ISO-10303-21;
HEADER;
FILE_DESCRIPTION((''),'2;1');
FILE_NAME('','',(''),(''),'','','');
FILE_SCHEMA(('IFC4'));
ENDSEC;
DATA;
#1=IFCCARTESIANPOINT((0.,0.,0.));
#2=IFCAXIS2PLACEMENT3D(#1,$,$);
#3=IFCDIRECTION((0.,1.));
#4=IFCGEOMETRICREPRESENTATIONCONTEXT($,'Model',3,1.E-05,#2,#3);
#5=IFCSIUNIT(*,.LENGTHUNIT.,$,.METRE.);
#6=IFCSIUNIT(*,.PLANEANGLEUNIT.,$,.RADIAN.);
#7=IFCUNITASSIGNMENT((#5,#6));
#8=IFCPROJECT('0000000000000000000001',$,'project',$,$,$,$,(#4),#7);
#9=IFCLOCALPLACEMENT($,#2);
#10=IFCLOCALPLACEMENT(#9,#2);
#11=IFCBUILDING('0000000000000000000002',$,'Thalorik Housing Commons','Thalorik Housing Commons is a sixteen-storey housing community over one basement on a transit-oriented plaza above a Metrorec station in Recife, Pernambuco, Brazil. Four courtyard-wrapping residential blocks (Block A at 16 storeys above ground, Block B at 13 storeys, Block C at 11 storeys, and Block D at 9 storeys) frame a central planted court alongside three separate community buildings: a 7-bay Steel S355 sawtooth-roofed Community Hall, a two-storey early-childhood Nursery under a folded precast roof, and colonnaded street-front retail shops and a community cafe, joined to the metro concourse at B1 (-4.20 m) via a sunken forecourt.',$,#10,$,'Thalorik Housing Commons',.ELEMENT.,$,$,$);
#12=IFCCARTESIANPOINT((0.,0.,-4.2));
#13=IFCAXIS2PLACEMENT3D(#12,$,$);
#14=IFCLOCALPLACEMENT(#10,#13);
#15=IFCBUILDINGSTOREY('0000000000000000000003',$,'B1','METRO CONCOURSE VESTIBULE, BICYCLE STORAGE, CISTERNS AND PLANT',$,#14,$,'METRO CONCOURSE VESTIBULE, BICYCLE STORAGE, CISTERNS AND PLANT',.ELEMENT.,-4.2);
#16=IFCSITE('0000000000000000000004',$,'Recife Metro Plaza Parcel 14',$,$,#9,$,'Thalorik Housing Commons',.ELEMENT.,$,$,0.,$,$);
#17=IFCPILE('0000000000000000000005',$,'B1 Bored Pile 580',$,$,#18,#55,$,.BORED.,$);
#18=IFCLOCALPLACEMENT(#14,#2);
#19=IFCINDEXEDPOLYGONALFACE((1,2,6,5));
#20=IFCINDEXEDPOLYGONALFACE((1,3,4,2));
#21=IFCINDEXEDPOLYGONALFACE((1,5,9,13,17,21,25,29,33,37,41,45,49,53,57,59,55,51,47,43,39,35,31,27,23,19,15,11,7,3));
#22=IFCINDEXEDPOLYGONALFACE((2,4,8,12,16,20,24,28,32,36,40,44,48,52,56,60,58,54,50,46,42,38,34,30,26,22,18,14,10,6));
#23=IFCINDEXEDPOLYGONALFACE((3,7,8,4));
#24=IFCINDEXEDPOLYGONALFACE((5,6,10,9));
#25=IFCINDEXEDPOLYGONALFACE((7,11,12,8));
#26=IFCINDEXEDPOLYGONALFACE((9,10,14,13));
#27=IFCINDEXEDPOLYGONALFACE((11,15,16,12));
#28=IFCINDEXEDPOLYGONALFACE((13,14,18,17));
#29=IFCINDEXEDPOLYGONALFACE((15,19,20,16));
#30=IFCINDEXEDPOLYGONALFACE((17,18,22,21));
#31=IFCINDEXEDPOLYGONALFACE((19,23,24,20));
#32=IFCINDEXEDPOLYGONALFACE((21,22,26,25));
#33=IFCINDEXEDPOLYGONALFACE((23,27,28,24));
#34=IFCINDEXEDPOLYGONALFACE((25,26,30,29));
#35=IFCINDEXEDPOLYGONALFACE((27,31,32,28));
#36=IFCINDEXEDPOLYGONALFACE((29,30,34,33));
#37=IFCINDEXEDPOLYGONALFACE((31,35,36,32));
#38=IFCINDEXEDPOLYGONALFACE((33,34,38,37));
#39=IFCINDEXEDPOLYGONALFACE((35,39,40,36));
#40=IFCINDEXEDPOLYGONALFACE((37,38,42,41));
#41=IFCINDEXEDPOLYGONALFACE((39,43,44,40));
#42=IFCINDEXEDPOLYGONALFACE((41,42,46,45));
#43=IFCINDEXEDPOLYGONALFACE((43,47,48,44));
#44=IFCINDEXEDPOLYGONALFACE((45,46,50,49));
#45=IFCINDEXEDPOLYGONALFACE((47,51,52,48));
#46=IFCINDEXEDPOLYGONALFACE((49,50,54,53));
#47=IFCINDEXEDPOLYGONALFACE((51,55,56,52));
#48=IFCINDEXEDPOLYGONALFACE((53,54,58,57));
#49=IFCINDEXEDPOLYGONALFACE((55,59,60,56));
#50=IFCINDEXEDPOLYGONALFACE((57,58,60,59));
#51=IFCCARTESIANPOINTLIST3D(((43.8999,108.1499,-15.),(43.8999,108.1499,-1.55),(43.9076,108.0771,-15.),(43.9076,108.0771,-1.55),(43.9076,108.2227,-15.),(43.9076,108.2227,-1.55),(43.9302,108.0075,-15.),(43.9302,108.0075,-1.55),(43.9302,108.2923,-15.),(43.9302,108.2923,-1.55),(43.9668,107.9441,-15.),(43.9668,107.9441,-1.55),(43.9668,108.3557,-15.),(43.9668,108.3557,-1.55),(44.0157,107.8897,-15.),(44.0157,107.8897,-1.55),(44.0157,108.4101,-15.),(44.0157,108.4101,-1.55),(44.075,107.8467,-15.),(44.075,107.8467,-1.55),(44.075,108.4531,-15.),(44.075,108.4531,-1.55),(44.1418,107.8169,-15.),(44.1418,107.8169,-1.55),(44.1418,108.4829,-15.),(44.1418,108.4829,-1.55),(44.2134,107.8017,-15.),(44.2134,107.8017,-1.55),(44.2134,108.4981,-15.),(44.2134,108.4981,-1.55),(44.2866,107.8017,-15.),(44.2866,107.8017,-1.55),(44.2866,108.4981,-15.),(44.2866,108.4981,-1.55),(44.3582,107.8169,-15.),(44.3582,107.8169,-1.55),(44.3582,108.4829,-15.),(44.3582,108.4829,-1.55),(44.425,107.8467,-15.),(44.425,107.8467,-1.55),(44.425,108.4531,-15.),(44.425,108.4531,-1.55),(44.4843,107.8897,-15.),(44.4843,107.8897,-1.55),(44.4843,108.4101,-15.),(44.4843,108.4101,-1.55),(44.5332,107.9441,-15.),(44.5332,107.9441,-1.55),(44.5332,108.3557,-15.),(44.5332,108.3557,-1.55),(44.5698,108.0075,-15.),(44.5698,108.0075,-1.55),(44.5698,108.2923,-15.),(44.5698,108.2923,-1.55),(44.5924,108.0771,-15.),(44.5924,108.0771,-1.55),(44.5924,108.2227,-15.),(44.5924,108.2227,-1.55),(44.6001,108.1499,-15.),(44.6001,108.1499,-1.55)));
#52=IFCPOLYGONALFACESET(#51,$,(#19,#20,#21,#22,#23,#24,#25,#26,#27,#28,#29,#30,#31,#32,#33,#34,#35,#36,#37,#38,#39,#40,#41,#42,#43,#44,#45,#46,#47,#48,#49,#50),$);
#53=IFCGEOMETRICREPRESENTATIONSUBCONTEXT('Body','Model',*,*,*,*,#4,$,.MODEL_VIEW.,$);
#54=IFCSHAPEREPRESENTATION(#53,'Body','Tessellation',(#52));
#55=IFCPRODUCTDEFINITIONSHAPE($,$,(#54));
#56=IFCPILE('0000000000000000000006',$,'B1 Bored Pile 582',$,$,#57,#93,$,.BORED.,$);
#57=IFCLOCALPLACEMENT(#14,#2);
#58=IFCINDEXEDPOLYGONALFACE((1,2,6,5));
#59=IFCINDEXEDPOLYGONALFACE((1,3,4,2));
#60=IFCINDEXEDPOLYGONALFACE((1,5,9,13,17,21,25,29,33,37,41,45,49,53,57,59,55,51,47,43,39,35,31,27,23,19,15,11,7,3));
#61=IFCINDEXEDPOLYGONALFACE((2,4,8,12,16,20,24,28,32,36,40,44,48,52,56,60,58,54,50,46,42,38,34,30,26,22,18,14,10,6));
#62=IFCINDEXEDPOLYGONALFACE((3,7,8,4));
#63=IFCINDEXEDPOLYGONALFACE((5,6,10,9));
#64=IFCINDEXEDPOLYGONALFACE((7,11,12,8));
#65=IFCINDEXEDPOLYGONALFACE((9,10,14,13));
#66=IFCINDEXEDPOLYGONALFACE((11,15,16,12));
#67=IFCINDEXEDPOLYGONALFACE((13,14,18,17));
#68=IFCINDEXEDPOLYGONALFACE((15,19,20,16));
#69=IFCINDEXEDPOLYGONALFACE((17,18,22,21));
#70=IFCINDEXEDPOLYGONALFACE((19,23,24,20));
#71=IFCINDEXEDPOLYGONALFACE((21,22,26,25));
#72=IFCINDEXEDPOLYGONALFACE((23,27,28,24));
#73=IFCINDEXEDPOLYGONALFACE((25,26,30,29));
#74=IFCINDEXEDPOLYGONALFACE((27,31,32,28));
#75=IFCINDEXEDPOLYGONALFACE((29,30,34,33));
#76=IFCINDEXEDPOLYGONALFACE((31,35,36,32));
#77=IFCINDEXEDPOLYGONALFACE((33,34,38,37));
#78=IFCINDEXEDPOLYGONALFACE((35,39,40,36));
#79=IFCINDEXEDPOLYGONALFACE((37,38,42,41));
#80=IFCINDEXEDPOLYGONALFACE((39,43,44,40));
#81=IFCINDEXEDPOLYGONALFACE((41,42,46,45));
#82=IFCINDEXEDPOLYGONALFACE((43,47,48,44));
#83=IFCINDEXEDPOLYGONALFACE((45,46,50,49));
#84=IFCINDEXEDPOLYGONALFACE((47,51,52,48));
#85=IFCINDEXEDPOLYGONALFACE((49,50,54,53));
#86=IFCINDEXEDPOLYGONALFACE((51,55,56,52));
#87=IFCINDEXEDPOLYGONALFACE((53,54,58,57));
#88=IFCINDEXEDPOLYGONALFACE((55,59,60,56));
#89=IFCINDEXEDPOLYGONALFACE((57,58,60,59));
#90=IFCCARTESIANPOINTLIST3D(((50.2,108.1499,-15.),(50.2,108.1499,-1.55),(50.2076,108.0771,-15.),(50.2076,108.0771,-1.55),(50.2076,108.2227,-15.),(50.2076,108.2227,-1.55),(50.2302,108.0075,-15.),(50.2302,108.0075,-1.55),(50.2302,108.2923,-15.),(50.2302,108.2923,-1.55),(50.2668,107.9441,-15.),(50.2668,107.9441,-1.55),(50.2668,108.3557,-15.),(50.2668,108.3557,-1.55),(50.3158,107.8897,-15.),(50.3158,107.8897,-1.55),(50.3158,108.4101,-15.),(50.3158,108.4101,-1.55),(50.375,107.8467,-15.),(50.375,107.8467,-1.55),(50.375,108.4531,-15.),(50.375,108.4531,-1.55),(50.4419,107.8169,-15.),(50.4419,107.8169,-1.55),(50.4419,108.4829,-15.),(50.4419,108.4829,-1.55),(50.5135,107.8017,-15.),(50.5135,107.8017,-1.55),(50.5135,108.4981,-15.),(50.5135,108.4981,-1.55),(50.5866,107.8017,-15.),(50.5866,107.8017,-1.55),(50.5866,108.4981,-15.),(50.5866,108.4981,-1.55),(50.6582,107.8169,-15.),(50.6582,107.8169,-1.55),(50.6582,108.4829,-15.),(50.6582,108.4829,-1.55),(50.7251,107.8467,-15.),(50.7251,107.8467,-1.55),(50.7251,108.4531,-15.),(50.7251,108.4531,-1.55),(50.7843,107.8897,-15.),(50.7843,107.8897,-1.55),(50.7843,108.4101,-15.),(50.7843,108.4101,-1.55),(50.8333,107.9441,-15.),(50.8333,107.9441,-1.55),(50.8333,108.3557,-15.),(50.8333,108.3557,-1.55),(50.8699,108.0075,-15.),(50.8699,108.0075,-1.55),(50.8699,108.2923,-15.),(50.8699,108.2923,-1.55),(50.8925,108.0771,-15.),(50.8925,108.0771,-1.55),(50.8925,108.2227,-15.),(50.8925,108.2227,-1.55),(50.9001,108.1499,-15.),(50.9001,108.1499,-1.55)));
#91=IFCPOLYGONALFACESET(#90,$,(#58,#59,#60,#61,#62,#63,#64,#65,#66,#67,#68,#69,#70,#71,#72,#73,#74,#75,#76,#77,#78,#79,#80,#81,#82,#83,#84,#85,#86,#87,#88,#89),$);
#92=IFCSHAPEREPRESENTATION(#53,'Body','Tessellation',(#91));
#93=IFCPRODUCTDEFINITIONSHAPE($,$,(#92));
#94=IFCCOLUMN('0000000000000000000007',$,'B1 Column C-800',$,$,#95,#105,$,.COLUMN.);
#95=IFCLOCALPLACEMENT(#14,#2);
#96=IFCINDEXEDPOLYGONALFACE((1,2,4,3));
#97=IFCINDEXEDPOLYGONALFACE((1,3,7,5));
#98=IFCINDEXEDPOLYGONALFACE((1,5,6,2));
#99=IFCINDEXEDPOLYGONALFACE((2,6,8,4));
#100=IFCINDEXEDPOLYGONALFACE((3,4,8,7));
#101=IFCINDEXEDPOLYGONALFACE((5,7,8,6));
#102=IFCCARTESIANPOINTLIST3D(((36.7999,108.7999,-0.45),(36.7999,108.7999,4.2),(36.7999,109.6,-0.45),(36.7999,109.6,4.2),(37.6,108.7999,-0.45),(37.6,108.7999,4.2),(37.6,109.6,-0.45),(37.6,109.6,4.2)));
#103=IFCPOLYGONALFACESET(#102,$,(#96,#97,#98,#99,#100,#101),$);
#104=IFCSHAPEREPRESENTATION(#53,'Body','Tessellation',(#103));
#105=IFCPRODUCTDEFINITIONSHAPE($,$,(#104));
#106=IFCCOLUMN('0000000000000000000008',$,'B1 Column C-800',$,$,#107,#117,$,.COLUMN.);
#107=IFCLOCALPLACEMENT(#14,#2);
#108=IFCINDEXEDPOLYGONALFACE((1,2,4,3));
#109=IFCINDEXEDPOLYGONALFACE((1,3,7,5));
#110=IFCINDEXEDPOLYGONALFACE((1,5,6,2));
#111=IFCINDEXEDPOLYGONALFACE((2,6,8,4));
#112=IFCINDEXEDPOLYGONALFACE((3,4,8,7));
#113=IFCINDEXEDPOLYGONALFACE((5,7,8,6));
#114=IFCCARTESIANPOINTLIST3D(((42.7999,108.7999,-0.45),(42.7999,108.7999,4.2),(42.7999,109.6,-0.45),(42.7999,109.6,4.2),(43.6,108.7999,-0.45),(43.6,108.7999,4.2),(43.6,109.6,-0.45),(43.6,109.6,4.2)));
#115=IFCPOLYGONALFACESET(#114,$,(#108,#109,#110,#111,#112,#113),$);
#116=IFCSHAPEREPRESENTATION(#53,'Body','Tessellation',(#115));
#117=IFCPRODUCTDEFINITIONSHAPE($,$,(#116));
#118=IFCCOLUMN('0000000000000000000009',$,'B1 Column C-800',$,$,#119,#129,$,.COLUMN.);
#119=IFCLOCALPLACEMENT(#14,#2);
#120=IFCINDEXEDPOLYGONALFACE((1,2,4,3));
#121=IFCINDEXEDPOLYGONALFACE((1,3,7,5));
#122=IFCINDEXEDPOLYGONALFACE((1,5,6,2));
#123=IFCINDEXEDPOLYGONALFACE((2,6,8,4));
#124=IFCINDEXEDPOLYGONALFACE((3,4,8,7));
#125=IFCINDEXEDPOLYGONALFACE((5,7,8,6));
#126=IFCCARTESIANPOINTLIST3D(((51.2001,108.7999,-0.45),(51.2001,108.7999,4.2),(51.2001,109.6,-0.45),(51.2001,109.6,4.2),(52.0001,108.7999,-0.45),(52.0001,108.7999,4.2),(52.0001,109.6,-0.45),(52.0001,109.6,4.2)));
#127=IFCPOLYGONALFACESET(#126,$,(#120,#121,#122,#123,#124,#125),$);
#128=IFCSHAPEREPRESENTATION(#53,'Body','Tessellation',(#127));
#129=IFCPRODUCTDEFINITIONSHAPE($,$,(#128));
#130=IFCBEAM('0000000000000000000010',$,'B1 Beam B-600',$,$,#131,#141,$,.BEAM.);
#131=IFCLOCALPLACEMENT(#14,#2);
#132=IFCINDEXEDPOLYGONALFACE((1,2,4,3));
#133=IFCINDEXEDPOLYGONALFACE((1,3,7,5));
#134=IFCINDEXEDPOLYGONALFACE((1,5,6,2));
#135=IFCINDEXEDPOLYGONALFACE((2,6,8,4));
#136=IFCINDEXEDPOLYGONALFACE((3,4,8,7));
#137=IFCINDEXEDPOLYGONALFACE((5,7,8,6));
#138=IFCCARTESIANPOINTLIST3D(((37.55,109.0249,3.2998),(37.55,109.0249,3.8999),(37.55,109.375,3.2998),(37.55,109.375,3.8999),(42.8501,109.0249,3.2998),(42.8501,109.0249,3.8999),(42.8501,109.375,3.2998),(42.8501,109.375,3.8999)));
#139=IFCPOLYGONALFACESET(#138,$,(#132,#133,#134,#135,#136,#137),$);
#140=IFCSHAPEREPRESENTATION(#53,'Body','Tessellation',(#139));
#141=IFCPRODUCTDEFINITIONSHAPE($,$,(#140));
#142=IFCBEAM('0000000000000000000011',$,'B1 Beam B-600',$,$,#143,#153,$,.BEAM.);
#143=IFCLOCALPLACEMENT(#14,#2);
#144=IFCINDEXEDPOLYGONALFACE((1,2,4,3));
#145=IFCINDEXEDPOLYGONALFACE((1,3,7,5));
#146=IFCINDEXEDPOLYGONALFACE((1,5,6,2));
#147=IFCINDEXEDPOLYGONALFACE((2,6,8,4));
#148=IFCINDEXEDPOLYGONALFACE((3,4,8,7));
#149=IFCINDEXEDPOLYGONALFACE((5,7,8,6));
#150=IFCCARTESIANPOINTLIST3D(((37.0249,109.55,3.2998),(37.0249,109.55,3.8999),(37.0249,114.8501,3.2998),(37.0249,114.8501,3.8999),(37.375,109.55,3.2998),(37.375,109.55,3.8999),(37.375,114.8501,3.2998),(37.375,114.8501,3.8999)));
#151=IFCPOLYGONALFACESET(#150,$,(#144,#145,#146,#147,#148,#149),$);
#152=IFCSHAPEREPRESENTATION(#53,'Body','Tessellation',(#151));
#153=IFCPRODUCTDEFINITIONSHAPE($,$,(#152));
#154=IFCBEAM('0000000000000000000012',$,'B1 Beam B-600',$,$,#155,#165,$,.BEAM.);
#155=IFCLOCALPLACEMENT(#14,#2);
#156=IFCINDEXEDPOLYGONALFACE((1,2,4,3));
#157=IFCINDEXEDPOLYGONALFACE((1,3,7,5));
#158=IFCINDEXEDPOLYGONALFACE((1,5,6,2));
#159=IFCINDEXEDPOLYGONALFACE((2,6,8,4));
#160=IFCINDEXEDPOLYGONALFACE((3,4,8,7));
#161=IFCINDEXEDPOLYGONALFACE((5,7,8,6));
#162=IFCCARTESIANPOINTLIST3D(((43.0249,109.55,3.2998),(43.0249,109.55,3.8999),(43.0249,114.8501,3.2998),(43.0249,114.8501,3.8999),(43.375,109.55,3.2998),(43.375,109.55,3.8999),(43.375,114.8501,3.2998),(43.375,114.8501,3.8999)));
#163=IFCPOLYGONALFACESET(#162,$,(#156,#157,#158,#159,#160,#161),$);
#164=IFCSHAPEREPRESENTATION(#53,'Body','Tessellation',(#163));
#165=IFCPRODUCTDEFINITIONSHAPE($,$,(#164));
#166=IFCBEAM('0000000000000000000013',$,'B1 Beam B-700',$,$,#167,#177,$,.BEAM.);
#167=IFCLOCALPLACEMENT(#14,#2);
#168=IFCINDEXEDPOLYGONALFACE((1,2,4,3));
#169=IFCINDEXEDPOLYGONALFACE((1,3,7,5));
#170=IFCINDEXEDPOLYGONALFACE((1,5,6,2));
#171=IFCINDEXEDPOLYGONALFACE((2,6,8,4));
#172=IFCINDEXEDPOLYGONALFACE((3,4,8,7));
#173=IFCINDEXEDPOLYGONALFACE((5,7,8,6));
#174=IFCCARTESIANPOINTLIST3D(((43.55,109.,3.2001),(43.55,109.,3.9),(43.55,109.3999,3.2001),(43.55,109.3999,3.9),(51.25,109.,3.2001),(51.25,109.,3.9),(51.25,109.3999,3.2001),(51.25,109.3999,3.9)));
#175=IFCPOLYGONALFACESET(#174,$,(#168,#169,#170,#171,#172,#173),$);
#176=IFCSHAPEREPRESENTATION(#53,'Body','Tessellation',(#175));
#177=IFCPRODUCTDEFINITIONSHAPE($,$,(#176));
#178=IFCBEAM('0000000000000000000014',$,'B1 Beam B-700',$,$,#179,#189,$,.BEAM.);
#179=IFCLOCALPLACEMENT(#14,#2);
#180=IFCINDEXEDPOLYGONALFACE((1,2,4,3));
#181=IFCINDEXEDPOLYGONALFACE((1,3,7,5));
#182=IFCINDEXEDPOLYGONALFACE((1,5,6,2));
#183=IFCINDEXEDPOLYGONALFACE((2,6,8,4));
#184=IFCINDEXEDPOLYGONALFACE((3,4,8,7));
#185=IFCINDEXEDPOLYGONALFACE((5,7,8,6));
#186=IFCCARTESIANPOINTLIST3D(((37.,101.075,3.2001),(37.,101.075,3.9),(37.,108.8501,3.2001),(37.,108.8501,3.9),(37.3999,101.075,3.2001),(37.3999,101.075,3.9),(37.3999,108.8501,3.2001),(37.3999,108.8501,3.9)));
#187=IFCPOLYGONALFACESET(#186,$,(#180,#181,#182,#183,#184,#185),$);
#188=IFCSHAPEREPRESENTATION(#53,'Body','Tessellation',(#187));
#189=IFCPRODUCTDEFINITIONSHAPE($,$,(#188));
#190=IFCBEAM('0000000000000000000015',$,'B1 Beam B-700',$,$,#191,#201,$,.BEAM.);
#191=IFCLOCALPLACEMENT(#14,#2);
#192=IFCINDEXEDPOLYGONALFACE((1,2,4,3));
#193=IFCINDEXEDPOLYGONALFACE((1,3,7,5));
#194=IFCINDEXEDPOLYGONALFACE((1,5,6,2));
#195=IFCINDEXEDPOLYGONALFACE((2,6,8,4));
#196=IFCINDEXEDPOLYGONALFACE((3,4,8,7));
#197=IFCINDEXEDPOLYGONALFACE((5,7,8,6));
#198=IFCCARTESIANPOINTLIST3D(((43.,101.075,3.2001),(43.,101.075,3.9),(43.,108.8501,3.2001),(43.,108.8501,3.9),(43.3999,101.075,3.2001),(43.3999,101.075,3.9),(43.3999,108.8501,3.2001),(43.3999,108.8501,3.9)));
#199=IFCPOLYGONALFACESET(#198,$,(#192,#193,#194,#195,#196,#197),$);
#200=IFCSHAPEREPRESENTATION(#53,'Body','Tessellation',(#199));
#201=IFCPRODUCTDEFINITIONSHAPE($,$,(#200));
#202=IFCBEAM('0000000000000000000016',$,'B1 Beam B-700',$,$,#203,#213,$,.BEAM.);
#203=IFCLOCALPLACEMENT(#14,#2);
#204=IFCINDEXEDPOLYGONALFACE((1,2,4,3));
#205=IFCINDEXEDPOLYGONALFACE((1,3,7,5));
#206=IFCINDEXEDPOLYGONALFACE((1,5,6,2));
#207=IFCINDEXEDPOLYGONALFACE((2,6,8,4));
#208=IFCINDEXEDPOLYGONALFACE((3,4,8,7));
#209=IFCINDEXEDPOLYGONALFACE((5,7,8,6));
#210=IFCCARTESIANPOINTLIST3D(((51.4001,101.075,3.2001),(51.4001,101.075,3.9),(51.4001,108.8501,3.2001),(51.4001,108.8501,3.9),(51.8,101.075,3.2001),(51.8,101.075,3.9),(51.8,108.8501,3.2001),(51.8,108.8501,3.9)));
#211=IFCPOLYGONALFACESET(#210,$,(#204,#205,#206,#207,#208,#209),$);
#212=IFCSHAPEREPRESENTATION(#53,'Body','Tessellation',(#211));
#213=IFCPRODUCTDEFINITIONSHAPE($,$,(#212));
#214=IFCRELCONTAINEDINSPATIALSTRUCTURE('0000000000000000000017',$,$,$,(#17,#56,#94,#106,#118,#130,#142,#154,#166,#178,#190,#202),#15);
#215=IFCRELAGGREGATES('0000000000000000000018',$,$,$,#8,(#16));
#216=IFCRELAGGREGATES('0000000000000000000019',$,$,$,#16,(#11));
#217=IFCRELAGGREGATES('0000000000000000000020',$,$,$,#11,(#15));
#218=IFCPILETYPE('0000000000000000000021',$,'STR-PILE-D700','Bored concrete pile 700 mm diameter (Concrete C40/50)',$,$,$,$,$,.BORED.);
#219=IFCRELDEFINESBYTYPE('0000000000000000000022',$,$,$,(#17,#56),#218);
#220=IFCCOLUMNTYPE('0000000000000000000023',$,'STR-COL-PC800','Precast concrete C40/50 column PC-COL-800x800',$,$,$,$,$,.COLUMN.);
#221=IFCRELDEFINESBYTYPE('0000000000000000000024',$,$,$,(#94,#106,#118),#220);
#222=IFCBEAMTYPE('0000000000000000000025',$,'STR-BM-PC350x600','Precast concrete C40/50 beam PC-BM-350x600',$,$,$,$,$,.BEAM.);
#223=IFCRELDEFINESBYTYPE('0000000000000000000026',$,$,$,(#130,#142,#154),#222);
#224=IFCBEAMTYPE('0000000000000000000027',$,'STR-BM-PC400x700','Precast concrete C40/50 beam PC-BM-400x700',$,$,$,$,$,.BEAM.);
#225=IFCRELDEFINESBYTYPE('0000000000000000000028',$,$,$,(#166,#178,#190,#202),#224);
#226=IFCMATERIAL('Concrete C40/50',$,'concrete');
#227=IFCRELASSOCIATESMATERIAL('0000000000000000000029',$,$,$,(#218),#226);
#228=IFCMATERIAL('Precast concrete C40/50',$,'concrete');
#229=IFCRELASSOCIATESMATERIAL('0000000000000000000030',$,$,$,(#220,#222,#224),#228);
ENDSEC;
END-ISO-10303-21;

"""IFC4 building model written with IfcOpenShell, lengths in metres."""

from ifc_helpers import new_model, si_unit, direction, frame, origin, origin_2d, place, context, subcontext, project, spatial, rectangle, circle, extrude, material, material_profile, profile_set, type_object, element, save


model = new_model("IFC4")

# Units and contexts
model_context = context("Model", 3, precision=1e-05, world=origin(), true_north=direction((0.0, 1.0)))
body_context = subcontext(model_context, "Body", "Model", "MODEL_VIEW")
ifc_project = project(units=[si_unit("LENGTHUNIT", "METRE"), si_unit("PLANEANGLEUNIT", "RADIAN")], contexts=[model_context])

# Site, building, storey
site_placement = place(None, origin())
site = spatial("IfcSite", under=ifc_project, at=site_placement, Name="Recife Metro Plaza Parcel 14", LongName="Thalorik Housing Commons", CompositionType="ELEMENT", RefElevation=0.0)
building_placement = place(site_placement, origin())
building = spatial("IfcBuilding", under=site, at=building_placement, Name="Thalorik Housing Commons", Description="Thalorik Housing Commons is a sixteen-storey housing community over one basement on a transit-oriented plaza above a Metrorec station in Recife, Pernambuco, Brazil. Four courtyard-wrapping residential blocks (Block A at 16 storeys above ground, Block B at 13 storeys, Block C at 11 storeys, and Block D at 9 storeys) frame a central planted court alongside three separate community buildings: a 7-bay Steel S355 sawtooth-roofed Community Hall, a two-storey early-childhood Nursery under a folded precast roof, and colonnaded street-front retail shops and a community cafe, joined to the metro concourse at B1 (-4.20 m) via a sunken forecourt.", LongName="Thalorik Housing Commons", CompositionType="ELEMENT")
storey_placement = place(building_placement, frame((0.0, 0.0, -4.2)))
storey = spatial("IfcBuildingStorey", under=building, at=storey_placement, Name="B1", Description="METRO CONCOURSE VESTIBULE, BICYCLE STORAGE, CISTERNS AND PLANT", LongName="METRO CONCOURSE VESTIBULE, BICYCLE STORAGE, CISTERNS AND PLANT", CompositionType="ELEMENT", Elevation=-4.2)

# Shared definitions
ifc_material_1 = material(Name="Concrete C40/50", Category="concrete")

# Piles
ifc_material_profile_1 = material_profile(ifc_material_1, circle(Radius=0.3501, at=origin_2d()), Name="BORED PILE D700", Category="concrete")
ifc_profile_set_1 = profile_set([ifc_material_profile_1], Name="Concrete C40/50")
pile_type = type_object("IfcPileType", Name="STR-PILE-D700", Description="Bored concrete pile 700 mm diameter (Concrete C40/50)", PredefinedType="BORED", material=ifc_profile_set_1)
for number, where, z_axis, x_axis, name in (
    (1, (44.25, 108.1499, -1.55), (0.0, 0.0, -1.0), (1.0, 0.0, 0.0), "B1 Bored Pile 580"),
    (2, (50.55, 108.1499, -1.55), (0.0, 0.0, -1.0), (1.0, 0.0, 0.0), "B1 Bored Pile 582"),
):
    element("IfcPile", number, at=place(storey_placement, frame(where, z_axis=z_axis, x_axis=x_axis)), inside=storey, type_object=pile_type, Name=name, PredefinedType="BORED", context=body_context, shape_type="SweptSolid", body=[
        extrude(circle(Radius=0.3501, at=origin_2d()), origin(), (0.0, 0.0, 1.0), 13.45),
    ])

# Columns
ifc_material_2 = material(Name="Precast concrete C40/50", Category="concrete")
ifc_material_profile_2 = material_profile(ifc_material_2, rectangle(XDim=0.8, YDim=0.8, at=origin_2d()), Name="PC 800x800", Category="concrete")
ifc_profile_set_2 = profile_set([ifc_material_profile_2], Name="Precast concrete C40/50")
column_type = type_object("IfcColumnType", Name="STR-COL-PC800", Description="Precast concrete C40/50 column PC-COL-800x800", PredefinedType="COLUMN", material=ifc_profile_set_2)
for number, where, z_axis, x_axis, name in (
    (3, (37.2, 109.2, -0.45), (0.0, 0.0, 1.0), (1.0, 0.0, 0.0), "B1 Column C-800"),
    (4, (43.2, 109.2, -0.45), (0.0, 0.0, 1.0), (1.0, 0.0, 0.0), "B1 Column C-800"),
    (5, (51.6001, 109.2, -0.45), (0.0, 0.0, 1.0), (1.0, 0.0, 0.0), "B1 Column C-800"),
):
    element("IfcColumn", number, at=place(storey_placement, frame(where, z_axis=z_axis, x_axis=x_axis)), inside=storey, type_object=column_type, Name=name, PredefinedType="COLUMN", context=body_context, shape_type="SweptSolid", body=[
        extrude(rectangle(XDim=0.8, YDim=0.8, at=origin_2d()), origin(), (0.0, 0.0, 1.0), 4.6499),
    ])

# Beams
ifc_material_profile_3 = material_profile(ifc_material_2, rectangle(XDim=0.3501, YDim=0.6001, at=origin_2d()), Name="PC 350x600", Category="concrete")
ifc_profile_set_3 = profile_set([ifc_material_profile_3], Name="Precast concrete C40/50")
beam_type_1 = type_object("IfcBeamType", Name="STR-BM-PC350x600", Description="Precast concrete C40/50 beam PC-BM-350x600", PredefinedType="BEAM", material=ifc_profile_set_3)
for number, where, z_axis, x_axis, name in (
    (6, (37.55, 109.2, 3.5999), (1.0, 0.0, 0.0), (0.0, 1.0, 0.0), "B1 Beam B-600"),
    (7, (37.2, 109.55, 3.5999), (0.0, 1.0, 0.0), (-1.0, 0.0, 0.0), "B1 Beam B-600"),
    (8, (43.2, 109.55, 3.5999), (0.0, 1.0, 0.0), (-1.0, 0.0, 0.0), "B1 Beam B-600"),
):
    element("IfcBeam", number, at=place(storey_placement, frame(where, z_axis=z_axis, x_axis=x_axis)), inside=storey, type_object=beam_type_1, Name=name, PredefinedType="BEAM", context=body_context, shape_type="SweptSolid", body=[
        extrude(rectangle(XDim=0.3501, YDim=0.6001, at=origin_2d()), origin(), (0.0, 0.0, 1.0), 5.3),
    ])
ifc_material_profile_4 = material_profile(ifc_material_2, rectangle(XDim=0.3999, YDim=0.7, at=origin_2d()), Name="PC 400x700", Category="concrete")
ifc_profile_set_4 = profile_set([ifc_material_profile_4], Name="Precast concrete C40/50")
beam_type_2 = type_object("IfcBeamType", Name="STR-BM-PC400x700", Description="Precast concrete C40/50 beam PC-BM-400x700", PredefinedType="BEAM", material=ifc_profile_set_4)
beam_1_placement = place(storey_placement, frame((43.55, 109.2, 3.55), z_axis=(1.0, 0.0, 0.0), x_axis=(0.0, 1.0, 0.0)))
element("IfcBeam", 9, at=beam_1_placement, inside=storey, type_object=beam_type_2, Name="B1 Beam B-700", PredefinedType="BEAM", context=body_context, shape_type="SweptSolid", body=[
    extrude(rectangle(XDim=0.3999, YDim=0.7, at=origin_2d()), origin(), (0.0, 0.0, 1.0), 7.7),
])
for number, where, z_axis, x_axis, name in (
    (10, (37.2, 101.075, 3.55), (0.0, 1.0, 0.0), (-1.0, 0.0, 0.0), "B1 Beam B-700"),
    (11, (43.2, 101.075, 3.55), (0.0, 1.0, 0.0), (-1.0, 0.0, 0.0), "B1 Beam B-700"),
    (12, (51.6001, 101.075, 3.55), (0.0, 1.0, 0.0), (-1.0, 0.0, 0.0), "B1 Beam B-700"),
):
    element("IfcBeam", number, at=place(storey_placement, frame(where, z_axis=z_axis, x_axis=x_axis)), inside=storey, type_object=beam_type_2, Name=name, PredefinedType="BEAM", context=body_context, shape_type="SweptSolid", body=[
        extrude(rectangle(XDim=0.3999, YDim=0.7, at=origin_2d()), origin(), (0.0, 0.0, 1.0), 7.7751),
    ])

save(model, "model.ifc")
